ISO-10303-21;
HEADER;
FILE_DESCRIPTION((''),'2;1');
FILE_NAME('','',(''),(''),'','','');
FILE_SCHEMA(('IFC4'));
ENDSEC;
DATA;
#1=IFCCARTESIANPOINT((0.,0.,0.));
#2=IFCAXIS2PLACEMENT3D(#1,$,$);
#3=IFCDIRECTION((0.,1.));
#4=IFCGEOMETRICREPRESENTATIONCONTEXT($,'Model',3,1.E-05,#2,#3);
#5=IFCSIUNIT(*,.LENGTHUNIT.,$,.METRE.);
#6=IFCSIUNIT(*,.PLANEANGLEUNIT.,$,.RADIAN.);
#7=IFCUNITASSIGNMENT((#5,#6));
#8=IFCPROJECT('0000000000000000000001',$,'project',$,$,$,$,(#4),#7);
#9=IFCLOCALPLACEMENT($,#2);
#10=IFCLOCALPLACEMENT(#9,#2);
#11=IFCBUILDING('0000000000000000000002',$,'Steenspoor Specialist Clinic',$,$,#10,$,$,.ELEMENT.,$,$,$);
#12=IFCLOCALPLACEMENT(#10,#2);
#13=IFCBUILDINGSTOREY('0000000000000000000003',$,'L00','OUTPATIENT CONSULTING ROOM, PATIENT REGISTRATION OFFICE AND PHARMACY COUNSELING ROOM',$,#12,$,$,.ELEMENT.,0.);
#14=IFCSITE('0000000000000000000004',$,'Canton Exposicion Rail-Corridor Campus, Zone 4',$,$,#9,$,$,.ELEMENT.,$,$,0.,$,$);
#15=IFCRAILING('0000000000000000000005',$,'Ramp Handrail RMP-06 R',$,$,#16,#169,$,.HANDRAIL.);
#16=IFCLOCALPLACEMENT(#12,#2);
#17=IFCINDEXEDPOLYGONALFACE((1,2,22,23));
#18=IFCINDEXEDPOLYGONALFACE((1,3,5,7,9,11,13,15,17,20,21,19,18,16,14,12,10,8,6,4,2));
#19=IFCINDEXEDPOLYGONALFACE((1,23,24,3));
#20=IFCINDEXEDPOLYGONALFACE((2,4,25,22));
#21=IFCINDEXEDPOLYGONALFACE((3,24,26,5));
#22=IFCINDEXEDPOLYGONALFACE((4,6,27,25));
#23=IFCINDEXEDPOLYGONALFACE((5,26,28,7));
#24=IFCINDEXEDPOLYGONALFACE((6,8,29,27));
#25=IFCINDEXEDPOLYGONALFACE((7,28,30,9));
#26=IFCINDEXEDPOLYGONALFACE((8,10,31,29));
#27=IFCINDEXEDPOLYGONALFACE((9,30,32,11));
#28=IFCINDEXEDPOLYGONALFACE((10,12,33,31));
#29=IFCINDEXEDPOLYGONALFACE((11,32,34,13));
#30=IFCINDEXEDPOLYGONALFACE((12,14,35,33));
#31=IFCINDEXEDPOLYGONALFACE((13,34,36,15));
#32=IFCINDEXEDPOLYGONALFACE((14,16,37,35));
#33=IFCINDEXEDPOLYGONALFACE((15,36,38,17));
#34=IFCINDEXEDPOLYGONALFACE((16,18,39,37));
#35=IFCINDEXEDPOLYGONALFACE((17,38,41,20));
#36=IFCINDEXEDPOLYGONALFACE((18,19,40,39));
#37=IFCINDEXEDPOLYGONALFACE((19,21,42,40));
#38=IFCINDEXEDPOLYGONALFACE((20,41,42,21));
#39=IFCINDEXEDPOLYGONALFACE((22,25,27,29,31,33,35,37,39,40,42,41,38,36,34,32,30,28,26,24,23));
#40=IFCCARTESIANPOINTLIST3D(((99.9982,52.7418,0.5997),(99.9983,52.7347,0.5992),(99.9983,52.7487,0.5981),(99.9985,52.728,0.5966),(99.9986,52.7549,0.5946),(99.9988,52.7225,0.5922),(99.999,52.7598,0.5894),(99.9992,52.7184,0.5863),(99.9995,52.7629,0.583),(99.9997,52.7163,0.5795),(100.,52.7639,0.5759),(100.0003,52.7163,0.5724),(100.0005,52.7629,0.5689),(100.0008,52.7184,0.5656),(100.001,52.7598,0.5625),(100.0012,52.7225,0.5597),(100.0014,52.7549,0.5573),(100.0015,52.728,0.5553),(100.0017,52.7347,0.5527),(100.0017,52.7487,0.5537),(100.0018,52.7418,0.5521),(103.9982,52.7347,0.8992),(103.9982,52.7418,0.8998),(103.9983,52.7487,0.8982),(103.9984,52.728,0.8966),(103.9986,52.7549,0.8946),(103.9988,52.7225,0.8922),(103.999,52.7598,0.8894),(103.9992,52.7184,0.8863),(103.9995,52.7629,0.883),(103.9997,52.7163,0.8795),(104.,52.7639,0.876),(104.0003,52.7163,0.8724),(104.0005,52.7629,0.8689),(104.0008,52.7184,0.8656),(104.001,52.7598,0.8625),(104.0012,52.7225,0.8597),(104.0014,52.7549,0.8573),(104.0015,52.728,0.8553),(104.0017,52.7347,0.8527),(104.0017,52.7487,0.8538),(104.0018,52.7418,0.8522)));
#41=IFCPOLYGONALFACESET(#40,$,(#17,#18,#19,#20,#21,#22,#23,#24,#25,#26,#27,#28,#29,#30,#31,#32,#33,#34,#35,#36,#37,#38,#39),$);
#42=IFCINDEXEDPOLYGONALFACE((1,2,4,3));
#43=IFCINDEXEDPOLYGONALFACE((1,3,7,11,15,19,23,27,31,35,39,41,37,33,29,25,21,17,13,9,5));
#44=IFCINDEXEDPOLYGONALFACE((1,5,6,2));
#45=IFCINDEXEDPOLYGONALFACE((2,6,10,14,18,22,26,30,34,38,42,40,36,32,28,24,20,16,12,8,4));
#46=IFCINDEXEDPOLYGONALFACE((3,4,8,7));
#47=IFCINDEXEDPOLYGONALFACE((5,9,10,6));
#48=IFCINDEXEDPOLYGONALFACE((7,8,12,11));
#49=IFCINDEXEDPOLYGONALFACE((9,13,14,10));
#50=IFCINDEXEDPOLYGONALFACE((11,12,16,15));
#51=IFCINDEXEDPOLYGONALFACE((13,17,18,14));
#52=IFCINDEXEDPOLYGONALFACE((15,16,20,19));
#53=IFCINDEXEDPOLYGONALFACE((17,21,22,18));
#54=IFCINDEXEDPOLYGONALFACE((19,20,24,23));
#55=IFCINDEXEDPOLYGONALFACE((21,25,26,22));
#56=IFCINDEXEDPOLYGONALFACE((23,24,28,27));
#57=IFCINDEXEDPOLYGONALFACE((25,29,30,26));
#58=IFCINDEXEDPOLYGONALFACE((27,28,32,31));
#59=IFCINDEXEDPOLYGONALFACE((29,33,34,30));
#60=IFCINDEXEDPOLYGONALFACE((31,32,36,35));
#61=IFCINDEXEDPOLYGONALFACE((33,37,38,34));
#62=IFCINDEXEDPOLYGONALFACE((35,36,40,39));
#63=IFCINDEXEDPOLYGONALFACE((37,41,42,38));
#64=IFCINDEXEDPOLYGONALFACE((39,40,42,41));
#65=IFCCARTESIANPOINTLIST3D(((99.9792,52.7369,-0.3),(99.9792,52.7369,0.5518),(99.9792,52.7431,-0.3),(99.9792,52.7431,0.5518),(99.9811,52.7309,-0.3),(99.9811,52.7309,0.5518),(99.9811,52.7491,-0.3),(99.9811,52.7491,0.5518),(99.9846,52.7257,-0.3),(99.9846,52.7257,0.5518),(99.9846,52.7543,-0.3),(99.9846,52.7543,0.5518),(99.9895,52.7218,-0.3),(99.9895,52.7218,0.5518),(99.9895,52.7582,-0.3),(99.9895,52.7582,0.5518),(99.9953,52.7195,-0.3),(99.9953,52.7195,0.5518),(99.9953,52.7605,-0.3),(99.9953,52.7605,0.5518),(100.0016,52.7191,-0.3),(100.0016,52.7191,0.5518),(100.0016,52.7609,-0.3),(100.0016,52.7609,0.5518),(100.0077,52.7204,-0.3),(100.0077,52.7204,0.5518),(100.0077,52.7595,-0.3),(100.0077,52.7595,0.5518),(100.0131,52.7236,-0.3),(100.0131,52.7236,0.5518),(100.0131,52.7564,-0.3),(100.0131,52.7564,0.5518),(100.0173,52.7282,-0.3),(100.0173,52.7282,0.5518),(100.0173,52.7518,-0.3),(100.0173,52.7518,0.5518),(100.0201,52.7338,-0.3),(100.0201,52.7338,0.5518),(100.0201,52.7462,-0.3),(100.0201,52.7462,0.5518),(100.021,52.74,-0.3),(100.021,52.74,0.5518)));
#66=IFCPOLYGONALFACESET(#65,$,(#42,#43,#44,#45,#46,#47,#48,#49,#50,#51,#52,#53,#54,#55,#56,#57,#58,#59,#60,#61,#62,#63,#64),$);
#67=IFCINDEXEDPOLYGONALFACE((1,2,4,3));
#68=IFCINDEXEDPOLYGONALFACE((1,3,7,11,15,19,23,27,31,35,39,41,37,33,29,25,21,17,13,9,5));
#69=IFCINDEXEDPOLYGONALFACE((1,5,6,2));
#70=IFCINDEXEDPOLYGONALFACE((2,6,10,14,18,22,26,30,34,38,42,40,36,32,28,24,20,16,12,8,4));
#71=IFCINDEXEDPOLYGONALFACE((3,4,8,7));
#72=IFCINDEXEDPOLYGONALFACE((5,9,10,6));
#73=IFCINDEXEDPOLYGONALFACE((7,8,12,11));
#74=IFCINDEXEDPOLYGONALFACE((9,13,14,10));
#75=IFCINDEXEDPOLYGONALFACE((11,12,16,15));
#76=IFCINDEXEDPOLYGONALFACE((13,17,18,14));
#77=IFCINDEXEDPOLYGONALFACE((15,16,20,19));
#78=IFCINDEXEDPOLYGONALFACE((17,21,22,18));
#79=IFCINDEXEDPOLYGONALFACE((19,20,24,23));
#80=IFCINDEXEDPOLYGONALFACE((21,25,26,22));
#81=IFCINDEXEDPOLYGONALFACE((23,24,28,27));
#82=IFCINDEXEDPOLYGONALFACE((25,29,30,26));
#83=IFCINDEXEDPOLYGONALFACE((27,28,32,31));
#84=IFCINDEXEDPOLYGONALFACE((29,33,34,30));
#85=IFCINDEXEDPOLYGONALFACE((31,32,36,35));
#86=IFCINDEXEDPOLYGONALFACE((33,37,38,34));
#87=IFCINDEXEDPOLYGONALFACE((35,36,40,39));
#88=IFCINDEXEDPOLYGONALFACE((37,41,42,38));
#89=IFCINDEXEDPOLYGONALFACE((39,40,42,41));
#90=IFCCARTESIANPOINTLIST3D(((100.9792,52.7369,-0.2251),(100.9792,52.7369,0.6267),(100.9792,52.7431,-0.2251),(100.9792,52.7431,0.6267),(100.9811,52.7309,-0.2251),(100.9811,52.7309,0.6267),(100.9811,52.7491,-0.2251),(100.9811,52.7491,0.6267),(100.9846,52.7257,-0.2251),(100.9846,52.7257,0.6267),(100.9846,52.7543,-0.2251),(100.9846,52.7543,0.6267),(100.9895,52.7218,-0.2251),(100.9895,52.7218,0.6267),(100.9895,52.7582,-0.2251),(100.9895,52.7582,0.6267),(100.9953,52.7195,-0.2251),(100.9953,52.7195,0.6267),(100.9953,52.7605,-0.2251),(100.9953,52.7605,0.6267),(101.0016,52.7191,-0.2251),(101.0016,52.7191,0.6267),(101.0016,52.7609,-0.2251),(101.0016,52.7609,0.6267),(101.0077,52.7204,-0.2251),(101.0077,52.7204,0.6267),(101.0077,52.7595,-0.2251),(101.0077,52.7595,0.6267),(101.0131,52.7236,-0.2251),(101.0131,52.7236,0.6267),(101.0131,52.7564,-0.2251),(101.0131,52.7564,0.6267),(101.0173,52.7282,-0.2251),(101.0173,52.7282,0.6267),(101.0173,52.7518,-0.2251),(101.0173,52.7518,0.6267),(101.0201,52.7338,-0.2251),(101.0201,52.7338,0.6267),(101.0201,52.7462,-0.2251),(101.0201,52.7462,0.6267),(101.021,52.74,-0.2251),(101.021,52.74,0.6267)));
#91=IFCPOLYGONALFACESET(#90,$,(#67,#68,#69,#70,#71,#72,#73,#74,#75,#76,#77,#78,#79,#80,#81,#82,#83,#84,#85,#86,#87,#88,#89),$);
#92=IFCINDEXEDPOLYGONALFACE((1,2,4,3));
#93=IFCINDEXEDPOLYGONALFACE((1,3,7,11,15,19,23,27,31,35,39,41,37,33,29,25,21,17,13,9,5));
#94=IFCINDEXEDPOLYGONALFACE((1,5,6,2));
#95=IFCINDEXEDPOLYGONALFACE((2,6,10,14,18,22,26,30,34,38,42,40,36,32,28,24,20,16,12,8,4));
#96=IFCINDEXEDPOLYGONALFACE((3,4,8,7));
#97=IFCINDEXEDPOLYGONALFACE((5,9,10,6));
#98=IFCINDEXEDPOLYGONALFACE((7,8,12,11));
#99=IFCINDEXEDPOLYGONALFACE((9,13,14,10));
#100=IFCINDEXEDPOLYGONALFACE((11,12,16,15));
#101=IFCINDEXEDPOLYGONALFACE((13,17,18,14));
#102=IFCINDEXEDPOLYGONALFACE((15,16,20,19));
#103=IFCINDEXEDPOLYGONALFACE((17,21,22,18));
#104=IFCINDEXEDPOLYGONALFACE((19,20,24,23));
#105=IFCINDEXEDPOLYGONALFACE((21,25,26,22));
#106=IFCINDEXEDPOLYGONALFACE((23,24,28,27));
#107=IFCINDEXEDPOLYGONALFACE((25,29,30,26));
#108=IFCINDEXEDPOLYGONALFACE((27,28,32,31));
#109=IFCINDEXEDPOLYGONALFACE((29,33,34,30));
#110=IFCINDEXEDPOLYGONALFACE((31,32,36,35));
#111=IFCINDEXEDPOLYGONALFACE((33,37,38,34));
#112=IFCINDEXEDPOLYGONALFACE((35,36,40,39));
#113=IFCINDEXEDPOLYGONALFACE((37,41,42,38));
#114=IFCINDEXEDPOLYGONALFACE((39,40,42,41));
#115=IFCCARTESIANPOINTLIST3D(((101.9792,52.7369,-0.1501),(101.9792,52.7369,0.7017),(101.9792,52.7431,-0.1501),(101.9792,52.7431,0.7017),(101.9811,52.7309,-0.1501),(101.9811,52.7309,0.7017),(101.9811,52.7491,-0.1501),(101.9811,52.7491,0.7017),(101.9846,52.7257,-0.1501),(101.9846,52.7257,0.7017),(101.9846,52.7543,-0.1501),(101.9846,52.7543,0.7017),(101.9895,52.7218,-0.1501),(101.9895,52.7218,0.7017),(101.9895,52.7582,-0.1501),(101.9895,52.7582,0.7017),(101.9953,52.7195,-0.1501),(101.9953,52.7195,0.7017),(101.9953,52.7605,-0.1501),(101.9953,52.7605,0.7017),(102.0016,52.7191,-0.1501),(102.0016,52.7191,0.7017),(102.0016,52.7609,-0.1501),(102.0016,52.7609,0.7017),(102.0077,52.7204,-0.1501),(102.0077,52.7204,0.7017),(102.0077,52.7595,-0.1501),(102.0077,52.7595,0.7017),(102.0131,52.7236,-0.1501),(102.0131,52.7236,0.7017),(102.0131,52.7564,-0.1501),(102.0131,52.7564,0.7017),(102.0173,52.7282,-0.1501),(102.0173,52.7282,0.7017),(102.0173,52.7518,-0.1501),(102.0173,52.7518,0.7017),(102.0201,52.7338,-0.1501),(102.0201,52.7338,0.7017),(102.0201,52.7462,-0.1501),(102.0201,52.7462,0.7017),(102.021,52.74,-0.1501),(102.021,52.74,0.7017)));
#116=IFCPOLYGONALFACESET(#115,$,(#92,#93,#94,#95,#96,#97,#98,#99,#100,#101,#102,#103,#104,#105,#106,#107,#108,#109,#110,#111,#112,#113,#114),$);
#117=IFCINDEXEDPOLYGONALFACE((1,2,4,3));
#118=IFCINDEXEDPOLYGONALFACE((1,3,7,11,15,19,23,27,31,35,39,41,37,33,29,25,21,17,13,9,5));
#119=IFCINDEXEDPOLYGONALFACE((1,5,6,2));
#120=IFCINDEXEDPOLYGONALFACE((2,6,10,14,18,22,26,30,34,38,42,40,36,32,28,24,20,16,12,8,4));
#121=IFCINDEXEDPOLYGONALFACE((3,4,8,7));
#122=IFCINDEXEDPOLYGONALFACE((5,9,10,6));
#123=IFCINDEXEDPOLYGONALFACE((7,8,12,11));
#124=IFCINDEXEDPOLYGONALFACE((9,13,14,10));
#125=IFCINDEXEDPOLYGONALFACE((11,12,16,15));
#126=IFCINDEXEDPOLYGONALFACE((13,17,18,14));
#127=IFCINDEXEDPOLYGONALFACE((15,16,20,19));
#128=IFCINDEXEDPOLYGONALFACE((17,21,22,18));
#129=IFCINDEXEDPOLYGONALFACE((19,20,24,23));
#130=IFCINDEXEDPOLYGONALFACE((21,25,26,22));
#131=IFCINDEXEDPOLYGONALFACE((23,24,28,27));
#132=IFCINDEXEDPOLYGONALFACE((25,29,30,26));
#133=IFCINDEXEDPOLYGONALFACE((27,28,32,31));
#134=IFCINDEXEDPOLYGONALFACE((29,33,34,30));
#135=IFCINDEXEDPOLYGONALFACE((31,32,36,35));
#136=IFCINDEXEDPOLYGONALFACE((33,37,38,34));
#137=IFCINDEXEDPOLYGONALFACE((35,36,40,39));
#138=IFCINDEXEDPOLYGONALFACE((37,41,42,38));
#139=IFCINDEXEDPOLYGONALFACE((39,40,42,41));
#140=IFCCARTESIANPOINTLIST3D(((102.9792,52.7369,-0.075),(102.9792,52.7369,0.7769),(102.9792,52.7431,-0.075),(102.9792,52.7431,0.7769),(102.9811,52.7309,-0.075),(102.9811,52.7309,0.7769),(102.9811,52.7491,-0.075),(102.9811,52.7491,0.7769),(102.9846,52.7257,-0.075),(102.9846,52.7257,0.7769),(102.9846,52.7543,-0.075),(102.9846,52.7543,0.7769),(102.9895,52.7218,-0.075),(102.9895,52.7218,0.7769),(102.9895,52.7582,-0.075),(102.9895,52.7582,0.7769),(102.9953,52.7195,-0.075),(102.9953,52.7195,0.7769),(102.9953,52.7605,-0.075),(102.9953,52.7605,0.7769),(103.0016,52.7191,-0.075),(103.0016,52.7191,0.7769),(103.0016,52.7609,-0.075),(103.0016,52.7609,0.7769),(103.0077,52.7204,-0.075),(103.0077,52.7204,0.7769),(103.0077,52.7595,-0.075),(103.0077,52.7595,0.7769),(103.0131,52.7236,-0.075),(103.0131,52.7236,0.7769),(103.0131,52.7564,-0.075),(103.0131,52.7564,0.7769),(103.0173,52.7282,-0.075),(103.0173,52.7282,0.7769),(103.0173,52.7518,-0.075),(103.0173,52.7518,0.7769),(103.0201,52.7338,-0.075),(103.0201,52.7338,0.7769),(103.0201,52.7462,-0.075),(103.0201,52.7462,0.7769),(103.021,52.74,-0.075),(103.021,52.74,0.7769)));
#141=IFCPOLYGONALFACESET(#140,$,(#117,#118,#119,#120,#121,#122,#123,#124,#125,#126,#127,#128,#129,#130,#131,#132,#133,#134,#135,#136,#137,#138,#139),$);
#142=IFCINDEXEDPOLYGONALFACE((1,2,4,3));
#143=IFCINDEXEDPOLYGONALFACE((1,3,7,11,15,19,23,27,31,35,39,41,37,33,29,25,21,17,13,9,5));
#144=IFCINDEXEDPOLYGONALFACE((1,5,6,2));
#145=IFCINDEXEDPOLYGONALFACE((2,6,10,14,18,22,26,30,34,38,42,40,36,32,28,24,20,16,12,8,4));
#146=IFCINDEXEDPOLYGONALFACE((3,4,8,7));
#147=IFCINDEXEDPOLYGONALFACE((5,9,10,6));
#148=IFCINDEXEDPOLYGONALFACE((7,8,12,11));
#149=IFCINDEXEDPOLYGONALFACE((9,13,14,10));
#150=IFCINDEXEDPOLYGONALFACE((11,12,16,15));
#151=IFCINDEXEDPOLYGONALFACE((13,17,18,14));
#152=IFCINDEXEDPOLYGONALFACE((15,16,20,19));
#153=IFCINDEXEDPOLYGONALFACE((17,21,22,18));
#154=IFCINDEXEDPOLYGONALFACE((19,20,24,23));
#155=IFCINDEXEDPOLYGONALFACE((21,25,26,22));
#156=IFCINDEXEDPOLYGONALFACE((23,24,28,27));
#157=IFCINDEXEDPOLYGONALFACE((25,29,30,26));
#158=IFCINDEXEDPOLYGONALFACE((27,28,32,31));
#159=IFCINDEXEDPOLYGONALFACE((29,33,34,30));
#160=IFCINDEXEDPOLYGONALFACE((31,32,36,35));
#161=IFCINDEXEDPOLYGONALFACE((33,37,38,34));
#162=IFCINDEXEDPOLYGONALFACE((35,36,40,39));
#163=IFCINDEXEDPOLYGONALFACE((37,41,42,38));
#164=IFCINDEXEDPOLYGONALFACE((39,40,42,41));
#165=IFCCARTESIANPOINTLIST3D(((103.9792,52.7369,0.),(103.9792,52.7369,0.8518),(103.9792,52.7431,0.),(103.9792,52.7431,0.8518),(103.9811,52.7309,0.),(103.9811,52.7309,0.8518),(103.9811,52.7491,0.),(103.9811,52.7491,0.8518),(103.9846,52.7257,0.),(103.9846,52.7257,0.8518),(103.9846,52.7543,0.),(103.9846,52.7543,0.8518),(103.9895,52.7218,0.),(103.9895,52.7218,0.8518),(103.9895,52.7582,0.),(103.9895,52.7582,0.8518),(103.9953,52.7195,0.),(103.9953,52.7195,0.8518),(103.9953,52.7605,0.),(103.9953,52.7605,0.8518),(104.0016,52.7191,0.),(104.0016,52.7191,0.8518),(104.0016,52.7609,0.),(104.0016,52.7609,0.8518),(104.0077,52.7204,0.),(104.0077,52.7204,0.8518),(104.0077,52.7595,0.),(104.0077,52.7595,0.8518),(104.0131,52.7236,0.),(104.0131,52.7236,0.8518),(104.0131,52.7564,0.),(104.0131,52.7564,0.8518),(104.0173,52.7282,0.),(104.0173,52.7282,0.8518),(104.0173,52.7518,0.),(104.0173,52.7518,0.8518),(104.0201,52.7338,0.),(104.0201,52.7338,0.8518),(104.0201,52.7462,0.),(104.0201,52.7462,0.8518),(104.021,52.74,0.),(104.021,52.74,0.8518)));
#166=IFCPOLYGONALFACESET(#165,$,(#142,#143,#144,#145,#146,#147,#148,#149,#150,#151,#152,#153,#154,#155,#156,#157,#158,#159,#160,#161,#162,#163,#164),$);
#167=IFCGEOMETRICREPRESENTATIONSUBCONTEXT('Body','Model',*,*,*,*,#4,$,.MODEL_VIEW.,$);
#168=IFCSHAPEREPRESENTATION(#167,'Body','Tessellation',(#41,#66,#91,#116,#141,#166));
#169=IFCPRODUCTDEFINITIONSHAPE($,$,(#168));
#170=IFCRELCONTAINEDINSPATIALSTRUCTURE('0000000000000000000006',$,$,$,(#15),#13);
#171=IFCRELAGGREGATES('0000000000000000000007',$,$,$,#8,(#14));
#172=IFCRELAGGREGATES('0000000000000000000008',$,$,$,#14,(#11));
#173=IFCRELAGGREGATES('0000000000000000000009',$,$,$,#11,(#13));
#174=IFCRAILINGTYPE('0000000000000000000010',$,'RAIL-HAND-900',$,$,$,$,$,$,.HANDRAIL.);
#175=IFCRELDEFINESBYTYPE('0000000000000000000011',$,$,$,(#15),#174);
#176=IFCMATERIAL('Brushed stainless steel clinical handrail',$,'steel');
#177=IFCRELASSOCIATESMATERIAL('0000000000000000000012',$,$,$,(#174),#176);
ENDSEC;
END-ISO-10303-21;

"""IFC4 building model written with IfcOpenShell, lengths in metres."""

from ifc_helpers import new_model, si_unit, direction, frame, origin, origin_2d, place, context, subcontext, project, spatial, circle, extrude, material, type_object, element, save


model = new_model("IFC4")

# Units and contexts
model_context = context("Model", 3, precision=1e-05, world=origin(), true_north=direction((0.0, 1.0)))
body_context = subcontext(model_context, "Body", "Model", "MODEL_VIEW")
ifc_project = project(units=[si_unit("LENGTHUNIT", "METRE"), si_unit("PLANEANGLEUNIT", "RADIAN")], contexts=[model_context])

# Site, building, storey
site_placement = place(None, origin())
site = spatial("IfcSite", under=ifc_project, at=site_placement, Name="Canton Exposicion Rail-Corridor Campus, Zone 4", CompositionType="ELEMENT", RefElevation=0.0)
building_placement = place(site_placement, origin())
building = spatial("IfcBuilding", under=site, at=building_placement, Name="Steenspoor Specialist Clinic", CompositionType="ELEMENT")
storey_placement = place(building_placement, origin())
storey = spatial("IfcBuildingStorey", under=building, at=storey_placement, Name="L00", Description="OUTPATIENT CONSULTING ROOM, PATIENT REGISTRATION OFFICE AND PHARMACY COUNSELING ROOM", CompositionType="ELEMENT", Elevation=0.0)

# Railing
ifc_material_1 = material(Name="Brushed stainless steel clinical handrail", Category="steel")
railing_type = type_object("IfcRailingType", Name="RAIL-HAND-900", PredefinedType="HANDRAIL", material=ifc_material_1)
for number, where, name in (
    (1, (100.0, 52.74, -0.3), "Ramp Handrail RMP-06 R"),
):
    element("IfcRailing", number, at=place(storey_placement, frame(where)), inside=storey, type_object=railing_type, Name=name, PredefinedType="HANDRAIL", context=body_context, shape_type="SweptSolid", body=[
        extrude(circle(Radius=0.0239, at=origin_2d()), frame((0.0, 0.0, 0.876), z_axis=(0.997198, 0.0, 0.074802), x_axis=(0.0, 1.0, 0.0)), (0.0, 0.0, 1.0), 4.0112),
        extrude(circle(Radius=0.021, at=origin_2d()), origin(), (0.0, 0.0, 1.0), 0.8518),
        extrude(circle(Radius=0.021, at=origin_2d()), frame((1.0, 0.0, 0.075)), (0.0, 0.0, 1.0), 0.8518),
        extrude(circle(Radius=0.021, at=origin_2d()), frame((2.0, 0.0, 0.1499)), (0.0, 0.0, 1.0), 0.8518),
        extrude(circle(Radius=0.021, at=origin_2d()), frame((3.0, 0.0, 0.2251)), (0.0, 0.0, 1.0), 0.8518),
        extrude(circle(Radius=0.021, at=origin_2d()), frame((4.0, 0.0, 0.3)), (0.0, 0.0, 1.0), 0.8518),
    ])

save(model, "model.ifc")
